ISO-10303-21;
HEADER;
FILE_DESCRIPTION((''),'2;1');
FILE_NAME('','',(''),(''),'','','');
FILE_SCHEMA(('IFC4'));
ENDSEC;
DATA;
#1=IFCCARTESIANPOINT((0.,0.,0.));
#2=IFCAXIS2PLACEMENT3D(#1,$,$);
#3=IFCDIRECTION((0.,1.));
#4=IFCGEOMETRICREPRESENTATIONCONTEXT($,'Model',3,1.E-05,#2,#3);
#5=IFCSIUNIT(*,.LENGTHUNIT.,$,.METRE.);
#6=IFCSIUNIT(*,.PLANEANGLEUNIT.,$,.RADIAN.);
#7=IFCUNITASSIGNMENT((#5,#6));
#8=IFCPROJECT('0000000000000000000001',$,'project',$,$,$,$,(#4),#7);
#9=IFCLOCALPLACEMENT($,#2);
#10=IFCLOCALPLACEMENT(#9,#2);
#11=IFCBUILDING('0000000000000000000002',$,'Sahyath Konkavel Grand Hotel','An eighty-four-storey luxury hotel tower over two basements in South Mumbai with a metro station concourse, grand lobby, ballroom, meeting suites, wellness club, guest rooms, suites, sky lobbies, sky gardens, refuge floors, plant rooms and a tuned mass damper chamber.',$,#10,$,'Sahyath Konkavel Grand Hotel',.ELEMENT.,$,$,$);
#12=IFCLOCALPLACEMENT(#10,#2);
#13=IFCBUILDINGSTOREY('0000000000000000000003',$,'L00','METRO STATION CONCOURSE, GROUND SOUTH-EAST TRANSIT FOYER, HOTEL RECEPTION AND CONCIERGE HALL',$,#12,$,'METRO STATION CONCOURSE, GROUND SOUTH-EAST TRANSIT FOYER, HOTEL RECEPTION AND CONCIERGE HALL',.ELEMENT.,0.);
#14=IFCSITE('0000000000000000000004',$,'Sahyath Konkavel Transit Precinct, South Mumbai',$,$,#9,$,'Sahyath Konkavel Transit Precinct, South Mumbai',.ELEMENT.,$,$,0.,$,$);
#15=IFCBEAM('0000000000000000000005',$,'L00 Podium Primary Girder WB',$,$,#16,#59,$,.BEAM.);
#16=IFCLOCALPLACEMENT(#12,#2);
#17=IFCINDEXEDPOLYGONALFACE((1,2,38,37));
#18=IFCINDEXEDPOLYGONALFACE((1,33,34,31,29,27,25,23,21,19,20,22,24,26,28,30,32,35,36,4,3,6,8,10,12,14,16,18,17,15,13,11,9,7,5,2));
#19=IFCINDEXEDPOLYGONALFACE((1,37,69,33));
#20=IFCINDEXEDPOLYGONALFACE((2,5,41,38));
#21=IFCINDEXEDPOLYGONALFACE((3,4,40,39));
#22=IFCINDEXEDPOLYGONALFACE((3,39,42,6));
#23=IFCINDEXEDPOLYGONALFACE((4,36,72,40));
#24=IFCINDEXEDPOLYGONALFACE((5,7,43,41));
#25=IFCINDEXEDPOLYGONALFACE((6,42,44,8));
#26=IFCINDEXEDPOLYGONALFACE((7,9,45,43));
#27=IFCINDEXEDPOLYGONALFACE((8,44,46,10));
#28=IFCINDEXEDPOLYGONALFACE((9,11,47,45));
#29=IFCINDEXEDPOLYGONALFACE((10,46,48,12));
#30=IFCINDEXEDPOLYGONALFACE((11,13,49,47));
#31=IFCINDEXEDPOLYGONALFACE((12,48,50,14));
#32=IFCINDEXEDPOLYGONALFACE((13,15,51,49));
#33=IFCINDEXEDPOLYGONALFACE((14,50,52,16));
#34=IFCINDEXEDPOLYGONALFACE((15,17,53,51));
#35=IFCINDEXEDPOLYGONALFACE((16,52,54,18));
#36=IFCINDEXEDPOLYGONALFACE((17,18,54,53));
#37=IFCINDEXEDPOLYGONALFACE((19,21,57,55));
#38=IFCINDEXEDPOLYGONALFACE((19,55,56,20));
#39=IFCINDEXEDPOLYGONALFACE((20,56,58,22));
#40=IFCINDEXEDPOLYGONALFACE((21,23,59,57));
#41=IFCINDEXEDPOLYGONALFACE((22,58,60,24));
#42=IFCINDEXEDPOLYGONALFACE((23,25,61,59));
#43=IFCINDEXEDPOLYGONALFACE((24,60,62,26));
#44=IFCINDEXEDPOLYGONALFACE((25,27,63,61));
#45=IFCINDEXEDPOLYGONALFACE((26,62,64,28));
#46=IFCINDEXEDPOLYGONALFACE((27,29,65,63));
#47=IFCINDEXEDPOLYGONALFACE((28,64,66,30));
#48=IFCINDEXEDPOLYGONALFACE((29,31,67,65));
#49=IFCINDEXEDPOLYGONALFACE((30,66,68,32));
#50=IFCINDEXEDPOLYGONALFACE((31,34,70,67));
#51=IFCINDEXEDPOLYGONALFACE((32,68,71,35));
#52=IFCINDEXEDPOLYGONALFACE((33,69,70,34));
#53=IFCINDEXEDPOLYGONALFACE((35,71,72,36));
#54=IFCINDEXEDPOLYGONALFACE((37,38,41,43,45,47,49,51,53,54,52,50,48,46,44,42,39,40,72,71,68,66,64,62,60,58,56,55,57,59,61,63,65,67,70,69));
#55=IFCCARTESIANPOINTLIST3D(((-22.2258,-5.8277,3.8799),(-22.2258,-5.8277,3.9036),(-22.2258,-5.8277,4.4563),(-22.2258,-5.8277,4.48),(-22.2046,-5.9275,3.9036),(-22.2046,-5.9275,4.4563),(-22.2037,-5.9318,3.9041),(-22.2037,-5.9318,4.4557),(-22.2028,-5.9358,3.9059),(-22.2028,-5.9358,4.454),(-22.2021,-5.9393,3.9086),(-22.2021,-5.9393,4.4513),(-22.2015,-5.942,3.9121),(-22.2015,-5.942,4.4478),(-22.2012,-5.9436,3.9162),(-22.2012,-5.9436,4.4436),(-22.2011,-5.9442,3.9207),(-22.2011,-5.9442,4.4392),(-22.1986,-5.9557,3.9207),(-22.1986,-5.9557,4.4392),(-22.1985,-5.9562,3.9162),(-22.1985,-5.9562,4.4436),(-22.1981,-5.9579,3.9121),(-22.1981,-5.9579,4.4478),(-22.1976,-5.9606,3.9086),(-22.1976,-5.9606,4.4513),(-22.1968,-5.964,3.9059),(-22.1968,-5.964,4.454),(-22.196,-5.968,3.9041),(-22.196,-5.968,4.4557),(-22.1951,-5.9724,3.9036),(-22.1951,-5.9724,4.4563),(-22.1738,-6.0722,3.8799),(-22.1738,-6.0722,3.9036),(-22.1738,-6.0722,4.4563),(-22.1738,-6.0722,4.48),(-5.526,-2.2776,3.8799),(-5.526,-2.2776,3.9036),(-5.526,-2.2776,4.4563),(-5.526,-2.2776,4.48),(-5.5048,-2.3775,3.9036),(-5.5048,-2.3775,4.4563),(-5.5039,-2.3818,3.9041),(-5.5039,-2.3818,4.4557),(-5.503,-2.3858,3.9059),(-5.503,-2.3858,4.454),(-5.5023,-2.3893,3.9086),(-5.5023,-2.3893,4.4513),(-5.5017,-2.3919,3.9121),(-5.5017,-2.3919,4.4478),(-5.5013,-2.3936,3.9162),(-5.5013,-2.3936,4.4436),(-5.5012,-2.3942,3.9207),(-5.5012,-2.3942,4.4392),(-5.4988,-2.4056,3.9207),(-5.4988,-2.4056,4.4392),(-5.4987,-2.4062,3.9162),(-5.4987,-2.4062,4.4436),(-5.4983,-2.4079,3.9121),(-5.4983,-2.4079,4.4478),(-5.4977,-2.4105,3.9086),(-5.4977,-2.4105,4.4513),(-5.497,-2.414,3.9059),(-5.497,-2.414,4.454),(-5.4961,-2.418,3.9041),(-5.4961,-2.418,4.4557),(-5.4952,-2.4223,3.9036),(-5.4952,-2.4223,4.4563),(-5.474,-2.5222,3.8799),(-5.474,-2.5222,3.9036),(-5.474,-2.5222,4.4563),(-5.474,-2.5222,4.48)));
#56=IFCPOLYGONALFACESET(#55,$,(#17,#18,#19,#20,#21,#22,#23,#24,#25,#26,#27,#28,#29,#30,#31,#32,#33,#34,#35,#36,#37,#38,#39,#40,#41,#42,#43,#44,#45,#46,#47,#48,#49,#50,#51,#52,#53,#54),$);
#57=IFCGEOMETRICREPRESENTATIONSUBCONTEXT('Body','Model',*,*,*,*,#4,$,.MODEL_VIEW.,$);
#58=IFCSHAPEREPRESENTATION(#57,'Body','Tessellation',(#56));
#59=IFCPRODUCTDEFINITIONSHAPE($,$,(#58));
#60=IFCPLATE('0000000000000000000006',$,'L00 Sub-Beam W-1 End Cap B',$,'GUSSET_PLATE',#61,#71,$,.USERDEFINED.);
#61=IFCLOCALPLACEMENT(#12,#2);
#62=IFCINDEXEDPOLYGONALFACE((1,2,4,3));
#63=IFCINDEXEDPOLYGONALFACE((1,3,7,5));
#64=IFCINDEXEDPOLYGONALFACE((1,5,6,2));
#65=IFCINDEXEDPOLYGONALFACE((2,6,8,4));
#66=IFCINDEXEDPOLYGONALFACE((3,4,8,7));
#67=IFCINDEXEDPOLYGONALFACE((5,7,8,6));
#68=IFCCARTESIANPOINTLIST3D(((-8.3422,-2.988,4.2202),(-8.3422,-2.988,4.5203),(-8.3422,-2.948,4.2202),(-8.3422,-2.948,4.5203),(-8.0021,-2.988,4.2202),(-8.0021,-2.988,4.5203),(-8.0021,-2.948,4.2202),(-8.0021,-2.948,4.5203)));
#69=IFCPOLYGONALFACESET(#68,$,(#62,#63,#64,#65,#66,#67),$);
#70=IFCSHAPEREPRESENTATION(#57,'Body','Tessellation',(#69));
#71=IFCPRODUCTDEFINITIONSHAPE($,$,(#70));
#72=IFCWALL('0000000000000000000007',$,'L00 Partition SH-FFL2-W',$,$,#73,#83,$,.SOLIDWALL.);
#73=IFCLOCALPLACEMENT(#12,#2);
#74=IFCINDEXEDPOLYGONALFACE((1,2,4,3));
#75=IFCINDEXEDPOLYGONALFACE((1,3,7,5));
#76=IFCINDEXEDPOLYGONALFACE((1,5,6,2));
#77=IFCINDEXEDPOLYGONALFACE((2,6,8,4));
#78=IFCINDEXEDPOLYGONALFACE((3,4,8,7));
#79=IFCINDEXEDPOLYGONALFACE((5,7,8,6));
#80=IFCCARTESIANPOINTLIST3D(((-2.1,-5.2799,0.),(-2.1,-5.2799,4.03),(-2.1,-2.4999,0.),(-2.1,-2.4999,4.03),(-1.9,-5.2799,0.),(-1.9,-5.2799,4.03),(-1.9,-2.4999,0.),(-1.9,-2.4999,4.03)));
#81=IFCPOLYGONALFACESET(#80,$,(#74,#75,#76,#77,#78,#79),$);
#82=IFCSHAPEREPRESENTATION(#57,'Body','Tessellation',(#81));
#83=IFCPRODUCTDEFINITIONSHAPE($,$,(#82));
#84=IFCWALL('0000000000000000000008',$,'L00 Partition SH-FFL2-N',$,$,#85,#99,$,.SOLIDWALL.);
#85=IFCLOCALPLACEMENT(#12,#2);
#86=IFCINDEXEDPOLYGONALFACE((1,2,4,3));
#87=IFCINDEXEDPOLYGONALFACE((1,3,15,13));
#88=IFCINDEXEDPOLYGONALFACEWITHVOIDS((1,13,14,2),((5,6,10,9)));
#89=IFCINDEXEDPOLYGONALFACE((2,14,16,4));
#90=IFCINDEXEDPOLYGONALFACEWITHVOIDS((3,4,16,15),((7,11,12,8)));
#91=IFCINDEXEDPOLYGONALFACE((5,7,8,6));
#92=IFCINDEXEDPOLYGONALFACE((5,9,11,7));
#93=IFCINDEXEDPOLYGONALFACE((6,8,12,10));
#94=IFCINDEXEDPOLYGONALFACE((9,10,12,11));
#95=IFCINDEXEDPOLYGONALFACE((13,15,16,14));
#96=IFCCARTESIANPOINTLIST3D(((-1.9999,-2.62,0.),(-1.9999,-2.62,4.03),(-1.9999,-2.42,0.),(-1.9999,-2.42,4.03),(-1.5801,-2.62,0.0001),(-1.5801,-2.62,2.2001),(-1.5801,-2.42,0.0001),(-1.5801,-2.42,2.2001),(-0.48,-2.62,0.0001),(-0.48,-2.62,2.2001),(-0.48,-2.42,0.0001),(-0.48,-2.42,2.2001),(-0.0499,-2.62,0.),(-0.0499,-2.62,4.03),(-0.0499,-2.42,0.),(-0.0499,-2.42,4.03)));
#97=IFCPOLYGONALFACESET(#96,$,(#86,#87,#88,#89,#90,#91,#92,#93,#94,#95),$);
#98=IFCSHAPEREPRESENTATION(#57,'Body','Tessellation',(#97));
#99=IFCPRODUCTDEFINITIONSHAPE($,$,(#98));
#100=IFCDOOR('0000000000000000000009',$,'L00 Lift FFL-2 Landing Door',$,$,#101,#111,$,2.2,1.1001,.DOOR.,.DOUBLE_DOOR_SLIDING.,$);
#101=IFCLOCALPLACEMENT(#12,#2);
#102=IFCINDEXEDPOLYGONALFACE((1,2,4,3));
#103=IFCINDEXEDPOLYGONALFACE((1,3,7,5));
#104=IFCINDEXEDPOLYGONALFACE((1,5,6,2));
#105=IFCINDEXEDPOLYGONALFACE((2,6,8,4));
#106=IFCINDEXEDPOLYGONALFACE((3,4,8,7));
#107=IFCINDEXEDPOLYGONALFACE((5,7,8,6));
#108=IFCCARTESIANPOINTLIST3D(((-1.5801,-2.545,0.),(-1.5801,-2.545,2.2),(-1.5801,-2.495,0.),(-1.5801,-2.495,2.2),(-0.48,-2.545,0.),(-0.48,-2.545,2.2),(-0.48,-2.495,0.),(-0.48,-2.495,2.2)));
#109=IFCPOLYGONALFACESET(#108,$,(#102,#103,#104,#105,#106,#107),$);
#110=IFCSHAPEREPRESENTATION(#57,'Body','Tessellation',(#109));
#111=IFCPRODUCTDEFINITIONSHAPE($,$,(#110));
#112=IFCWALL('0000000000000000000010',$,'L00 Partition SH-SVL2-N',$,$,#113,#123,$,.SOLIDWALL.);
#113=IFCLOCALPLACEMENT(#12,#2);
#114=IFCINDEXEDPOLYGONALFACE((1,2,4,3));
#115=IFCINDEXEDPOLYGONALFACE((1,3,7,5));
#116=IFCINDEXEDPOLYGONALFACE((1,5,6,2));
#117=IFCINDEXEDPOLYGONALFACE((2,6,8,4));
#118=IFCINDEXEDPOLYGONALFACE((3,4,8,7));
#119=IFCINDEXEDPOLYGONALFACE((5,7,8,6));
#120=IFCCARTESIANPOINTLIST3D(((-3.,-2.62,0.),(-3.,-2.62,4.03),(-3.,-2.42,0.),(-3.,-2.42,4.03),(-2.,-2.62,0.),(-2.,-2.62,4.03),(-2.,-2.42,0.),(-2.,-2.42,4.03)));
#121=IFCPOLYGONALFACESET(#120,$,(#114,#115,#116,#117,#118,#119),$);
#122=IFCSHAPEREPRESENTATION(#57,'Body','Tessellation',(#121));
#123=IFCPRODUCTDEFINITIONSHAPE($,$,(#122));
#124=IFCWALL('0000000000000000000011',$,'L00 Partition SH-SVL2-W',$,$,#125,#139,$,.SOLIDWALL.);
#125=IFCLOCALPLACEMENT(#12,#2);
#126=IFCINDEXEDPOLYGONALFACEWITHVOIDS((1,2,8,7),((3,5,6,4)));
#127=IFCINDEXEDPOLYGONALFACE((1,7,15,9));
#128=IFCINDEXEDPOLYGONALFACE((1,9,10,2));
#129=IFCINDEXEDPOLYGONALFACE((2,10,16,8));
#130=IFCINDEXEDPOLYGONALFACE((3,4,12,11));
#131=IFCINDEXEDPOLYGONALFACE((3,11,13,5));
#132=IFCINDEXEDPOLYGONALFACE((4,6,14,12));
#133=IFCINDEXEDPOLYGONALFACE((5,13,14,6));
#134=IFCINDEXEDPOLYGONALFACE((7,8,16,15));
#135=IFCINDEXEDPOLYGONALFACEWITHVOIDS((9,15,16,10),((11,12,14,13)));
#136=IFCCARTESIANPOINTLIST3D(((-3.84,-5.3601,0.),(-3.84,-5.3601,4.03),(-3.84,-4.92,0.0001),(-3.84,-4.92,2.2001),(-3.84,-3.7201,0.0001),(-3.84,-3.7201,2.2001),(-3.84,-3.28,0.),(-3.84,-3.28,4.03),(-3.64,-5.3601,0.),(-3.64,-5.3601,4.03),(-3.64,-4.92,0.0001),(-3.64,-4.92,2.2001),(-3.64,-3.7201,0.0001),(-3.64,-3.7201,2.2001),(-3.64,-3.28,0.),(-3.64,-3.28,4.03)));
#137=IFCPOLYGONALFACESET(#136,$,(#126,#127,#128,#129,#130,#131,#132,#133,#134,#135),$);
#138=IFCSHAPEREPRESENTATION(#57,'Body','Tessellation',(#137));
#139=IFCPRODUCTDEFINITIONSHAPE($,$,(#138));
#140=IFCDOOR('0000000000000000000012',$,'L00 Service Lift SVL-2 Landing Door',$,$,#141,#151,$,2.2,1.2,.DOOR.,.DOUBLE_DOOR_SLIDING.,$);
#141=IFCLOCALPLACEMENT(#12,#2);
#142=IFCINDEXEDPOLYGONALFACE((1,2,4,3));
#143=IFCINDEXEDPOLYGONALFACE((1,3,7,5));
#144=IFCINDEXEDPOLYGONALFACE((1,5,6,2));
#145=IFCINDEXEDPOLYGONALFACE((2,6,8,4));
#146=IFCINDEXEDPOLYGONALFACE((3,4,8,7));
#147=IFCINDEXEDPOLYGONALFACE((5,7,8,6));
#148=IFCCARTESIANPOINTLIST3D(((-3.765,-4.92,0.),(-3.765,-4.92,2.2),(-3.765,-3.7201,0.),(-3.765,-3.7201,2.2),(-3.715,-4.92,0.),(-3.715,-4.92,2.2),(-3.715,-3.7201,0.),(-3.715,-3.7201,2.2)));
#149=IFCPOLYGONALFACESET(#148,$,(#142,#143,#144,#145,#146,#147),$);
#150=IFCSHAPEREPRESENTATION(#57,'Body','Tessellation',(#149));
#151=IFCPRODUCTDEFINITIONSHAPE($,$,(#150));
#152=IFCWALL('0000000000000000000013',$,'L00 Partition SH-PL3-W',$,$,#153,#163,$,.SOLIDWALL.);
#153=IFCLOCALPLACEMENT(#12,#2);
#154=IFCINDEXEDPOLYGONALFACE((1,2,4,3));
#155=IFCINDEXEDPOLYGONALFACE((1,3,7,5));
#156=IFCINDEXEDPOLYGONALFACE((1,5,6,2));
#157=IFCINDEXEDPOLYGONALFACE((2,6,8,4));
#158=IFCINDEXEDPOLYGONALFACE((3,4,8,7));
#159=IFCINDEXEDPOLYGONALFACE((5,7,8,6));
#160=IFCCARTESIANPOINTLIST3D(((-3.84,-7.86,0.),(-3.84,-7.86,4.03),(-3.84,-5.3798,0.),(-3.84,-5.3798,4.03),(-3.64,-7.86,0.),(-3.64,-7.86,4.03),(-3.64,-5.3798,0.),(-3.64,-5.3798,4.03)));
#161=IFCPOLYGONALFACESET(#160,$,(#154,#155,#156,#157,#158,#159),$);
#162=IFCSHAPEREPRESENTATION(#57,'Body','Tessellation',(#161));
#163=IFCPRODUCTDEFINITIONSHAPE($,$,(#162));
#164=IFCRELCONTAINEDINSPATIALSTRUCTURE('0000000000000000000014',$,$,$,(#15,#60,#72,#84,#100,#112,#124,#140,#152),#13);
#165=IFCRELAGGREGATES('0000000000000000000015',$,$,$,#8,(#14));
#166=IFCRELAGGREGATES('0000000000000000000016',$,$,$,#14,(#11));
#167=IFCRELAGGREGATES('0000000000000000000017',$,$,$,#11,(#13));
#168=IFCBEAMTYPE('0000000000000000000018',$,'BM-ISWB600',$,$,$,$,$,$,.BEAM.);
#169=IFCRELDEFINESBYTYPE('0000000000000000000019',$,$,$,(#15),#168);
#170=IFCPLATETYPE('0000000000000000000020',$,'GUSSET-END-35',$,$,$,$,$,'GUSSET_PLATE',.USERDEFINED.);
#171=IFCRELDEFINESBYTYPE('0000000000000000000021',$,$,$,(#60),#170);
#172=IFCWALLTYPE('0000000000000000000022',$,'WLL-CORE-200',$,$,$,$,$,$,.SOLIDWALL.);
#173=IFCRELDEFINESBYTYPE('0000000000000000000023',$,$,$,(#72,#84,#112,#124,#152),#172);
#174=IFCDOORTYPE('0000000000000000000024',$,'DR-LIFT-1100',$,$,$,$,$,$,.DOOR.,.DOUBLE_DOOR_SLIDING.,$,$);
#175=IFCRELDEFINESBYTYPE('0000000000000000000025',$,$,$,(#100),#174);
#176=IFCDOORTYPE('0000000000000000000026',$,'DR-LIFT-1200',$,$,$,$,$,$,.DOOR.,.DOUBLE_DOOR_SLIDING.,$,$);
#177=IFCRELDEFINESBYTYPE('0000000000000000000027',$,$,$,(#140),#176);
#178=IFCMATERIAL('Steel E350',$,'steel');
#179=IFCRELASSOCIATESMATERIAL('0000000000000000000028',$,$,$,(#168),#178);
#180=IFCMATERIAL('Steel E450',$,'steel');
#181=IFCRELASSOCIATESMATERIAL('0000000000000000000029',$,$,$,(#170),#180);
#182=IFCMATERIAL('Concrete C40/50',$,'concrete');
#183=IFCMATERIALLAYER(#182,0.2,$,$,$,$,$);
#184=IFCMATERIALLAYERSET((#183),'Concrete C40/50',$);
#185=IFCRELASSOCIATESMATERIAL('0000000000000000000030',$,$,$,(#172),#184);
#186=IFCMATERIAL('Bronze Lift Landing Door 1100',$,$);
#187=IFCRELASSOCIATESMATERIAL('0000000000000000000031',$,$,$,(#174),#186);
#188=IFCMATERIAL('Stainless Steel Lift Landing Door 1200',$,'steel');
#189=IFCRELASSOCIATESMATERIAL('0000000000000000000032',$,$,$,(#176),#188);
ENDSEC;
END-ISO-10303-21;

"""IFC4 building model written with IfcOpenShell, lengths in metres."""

from ifc_helpers import new_model, si_unit, direction, frame, frame_2d, origin, origin_2d, place, context, subcontext, project, spatial, rectangle, i_section, extrude, source, transform, mapped, material, layer, layer_set, material_profile, profile_set, type_object, element, fill, save


model = new_model("IFC4")

# Units and contexts
model_context = context("Model", 3, precision=1e-05, world=origin(), true_north=direction((0.0, 1.0)))
body_context = subcontext(model_context, "Body", "Model", "MODEL_VIEW")
ifc_project = project(units=[si_unit("LENGTHUNIT", "METRE"), si_unit("PLANEANGLEUNIT", "RADIAN")], contexts=[model_context])

# Site, building, storey
site_placement = place(None, origin())
site = spatial("IfcSite", under=ifc_project, at=site_placement, Name="Sahyath Konkavel Transit Precinct, South Mumbai", LongName="Sahyath Konkavel Transit Precinct, South Mumbai", CompositionType="ELEMENT", RefElevation=0.0)
building_placement = place(site_placement, origin())
building = spatial("IfcBuilding", under=site, at=building_placement, Name="Sahyath Konkavel Grand Hotel", Description="An eighty-four-storey luxury hotel tower over two basements in South Mumbai with a metro station concourse, grand lobby, ballroom, meeting suites, wellness club, guest rooms, suites, sky lobbies, sky gardens, refuge floors, plant rooms and a tuned mass damper chamber.", LongName="Sahyath Konkavel Grand Hotel", CompositionType="ELEMENT")
storey_placement = place(building_placement, origin())
storey = spatial("IfcBuildingStorey", under=building, at=storey_placement, Name="L00", Description="METRO STATION CONCOURSE, GROUND SOUTH-EAST TRANSIT FOYER, HOTEL RECEPTION AND CONCIERGE HALL", LongName="METRO STATION CONCOURSE, GROUND SOUTH-EAST TRANSIT FOYER, HOTEL RECEPTION AND CONCIERGE HALL", CompositionType="ELEMENT", Elevation=0.0)

# Beam
ifc_material_1 = material(Name="Steel E350", Category="steel")
ifc_material_profile_1 = material_profile(ifc_material_1, i_section(OverallWidth=0.25, OverallDepth=0.6001, WebThickness=0.0117, FlangeThickness=0.0237, FilletRadius=0.0171, at=origin_2d()), Name="ISWB 600")
ifc_profile_set_1 = profile_set([ifc_material_profile_1], Name="Steel E350")
beam_type_1 = type_object("IfcBeamType", Name="BM-ISWB600", PredefinedType="BEAM", material=ifc_profile_set_1)
shared_shape_1 = source(origin(), body_context, "Body", "SweptSolid", [
    extrude(i_section(OverallWidth=0.25, OverallDepth=0.6001, WebThickness=0.0117, FlangeThickness=0.0237, FilletRadius=0.0171, at=origin_2d()), origin(), (0.0, 0.0, 1.0), 17.073),
])
beam_1_placement = place(storey_placement, frame((-5.5, -2.3999, 4.1799), z_axis=(-0.978143, -0.207932, 0.0), x_axis=(0.207932, -0.978143, 0.0)))
element("IfcBeam", 1, at=beam_1_placement, inside=storey, type_object=beam_type_1, Name="L00 Podium Primary Girder WB", PredefinedType="BEAM", context=body_context, shape_type="MappedRepresentation", body=[
    mapped(shared_shape_1, transform((0.0, 0.0, 0.0), scale=1.0)),
])

# Plate
ifc_material_2 = material(Name="Steel E450", Category="steel")
plate_type = type_object("IfcPlateType", Name="GUSSET-END-35", ElementType="GUSSET_PLATE", PredefinedType="USERDEFINED", material=ifc_material_2)
shared_shape_2 = source(origin(), body_context, "Body", "SweptSolid", [
    extrude(rectangle(XDim=0.04, YDim=0.3401, at=origin_2d()), origin(), (0.0, 0.0, 1.0), 0.3),
])
plate_placement = place(storey_placement, frame((-8.1721, -2.968, 4.2202), z_axis=(0.0, 0.0, 1.0), x_axis=(0.0, -1.0, 0.0)))
element("IfcPlate", 2, at=plate_placement, inside=storey, type_object=plate_type, Name="L00 Sub-Beam W-1 End Cap B", ObjectType="GUSSET_PLATE", PredefinedType="USERDEFINED", context=body_context, shape_type="MappedRepresentation", body=[
    mapped(shared_shape_2, transform((0.0, 0.0, 0.0), scale=1.0)),
])

# Wall
ifc_material_3 = material(Name="Concrete C40/50", Category="concrete")
ifc_layer = layer(ifc_material_3, 0.2)
ifc_layer_set = layer_set([ifc_layer], Name="Concrete C40/50")
wall_type = type_object("IfcWallType", Name="WLL-CORE-200", PredefinedType="SOLIDWALL", material=ifc_layer_set)
wall_1_placement = place(storey_placement, frame((-2.0, -5.28, 0.0), z_axis=(0.0, 0.0, 1.0), x_axis=(0.0, 1.0, 0.0)))
element("IfcWall", 3, at=wall_1_placement, inside=storey, type_object=wall_type, Name="L00 Partition SH-FFL2-W", PredefinedType="SOLIDWALL", context=body_context, shape_type="SweptSolid", body=[
    extrude(rectangle(XDim=2.78, YDim=0.2, at=frame_2d((1.3901, 0.0))), origin(), (0.0, 0.0, 1.0), 4.03),
])

# Wall, opening, door
wall_2_placement = place(storey_placement, frame((-2.0, -2.52, 0.0), z_axis=(0.0, 0.0, 1.0), x_axis=(1.0, 0.0, 0.0)))
wall_2 = element("IfcWall", 4, at=wall_2_placement, inside=storey, type_object=wall_type, Name="L00 Partition SH-FFL2-N", PredefinedType="SOLIDWALL", context=body_context, shape_type="SweptSolid", body=[
    extrude(rectangle(XDim=1.95, YDim=0.2, at=frame_2d((0.9751, 0.0))), origin(), (0.0, 0.0, 1.0), 4.03),
])
opening_1_placement = place(wall_2_placement, frame((0.4199, 0.0, 0.0)))
opening_1 = element("IfcOpeningElement", 5, at=opening_1_placement, cuts=wall_2, PredefinedType="OPENING", context=body_context, shape_type="SweptSolid", body=[
    extrude(rectangle(XDim=1.1001, YDim=2.2, at=frame_2d((0.55, 1.1001))), frame((0.0, 0.1099, 0.0), z_axis=(0.0, -1.0, 0.0), x_axis=(1.0, 0.0, 0.0)), (0.0, 0.0, 1.0), 0.22),
])
ifc_material_4 = material(Name="Bronze Lift Landing Door 1100")
door_type_1 = type_object("IfcDoorType", Name="DR-LIFT-1100", OperationType="DOUBLE_DOOR_SLIDING", PredefinedType="DOOR", material=ifc_material_4)
shared_shape_3 = source(origin(), body_context, "Body", "SweptSolid", [
    extrude(rectangle(XDim=1.1001, YDim=0.05, at=origin_2d()), origin(), (0.0, 0.0, 1.0), 2.2),
])
door_1_placement = place(opening_1_placement, frame((0.55, 0.0, 0.0)))
door_1 = element("IfcDoor", 6, at=door_1_placement, inside=storey, type_object=door_type_1, Name="L00 Lift FFL-2 Landing Door", OperationType="DOUBLE_DOOR_SLIDING", OverallHeight=2.2, OverallWidth=1.1001, PredefinedType="DOOR", context=body_context, shape_type="MappedRepresentation", body=[
    mapped(shared_shape_3, transform((0.0, 0.0, 0.0), scale=1.0)),
])
fill(opening_1, door_1)

# Wall
wall_3_placement = place(storey_placement, frame((-3.0, -2.52, 0.0), z_axis=(0.0, 0.0, 1.0), x_axis=(1.0, 0.0, 0.0)))
element("IfcWall", 7, at=wall_3_placement, inside=storey, type_object=wall_type, Name="L00 Partition SH-SVL2-N", PredefinedType="SOLIDWALL", context=body_context, shape_type="SweptSolid", body=[
    extrude(rectangle(XDim=1.0, YDim=0.2, at=frame_2d((0.5, 0.0))), origin(), (0.0, 0.0, 1.0), 4.03),
])

# Wall, opening, door
wall_4_placement = place(storey_placement, frame((-3.74, -5.3601, 0.0), z_axis=(0.0, 0.0, 1.0), x_axis=(0.0, 1.0, 0.0)))
wall_4 = element("IfcWall", 8, at=wall_4_placement, inside=storey, type_object=wall_type, Name="L00 Partition SH-SVL2-W", PredefinedType="SOLIDWALL", context=body_context, shape_type="SweptSolid", body=[
    extrude(rectangle(XDim=2.0801, YDim=0.2, at=frame_2d((1.04, 0.0))), origin(), (0.0, 0.0, 1.0), 4.03),
])
opening_2_placement = place(wall_4_placement, frame((0.4399, 0.0, 0.0)))
opening_2 = element("IfcOpeningElement", 9, at=opening_2_placement, cuts=wall_4, PredefinedType="OPENING", context=body_context, shape_type="SweptSolid", body=[
    extrude(rectangle(XDim=1.2, YDim=2.2, at=frame_2d((0.6001, 1.1001))), frame((0.0, 0.1099, 0.0), z_axis=(0.0, -1.0, 0.0), x_axis=(1.0, 0.0, 0.0)), (0.0, 0.0, 1.0), 0.22),
])
ifc_material_5 = material(Name="Stainless Steel Lift Landing Door 1200", Category="steel")
door_type_2 = type_object("IfcDoorType", Name="DR-LIFT-1200", OperationType="DOUBLE_DOOR_SLIDING", PredefinedType="DOOR", material=ifc_material_5)
shared_shape_4 = source(origin(), body_context, "Body", "SweptSolid", [
    extrude(rectangle(XDim=1.2, YDim=0.05, at=origin_2d()), origin(), (0.0, 0.0, 1.0), 2.2),
])
door_2_placement = place(opening_2_placement, frame((0.6001, 0.0, 0.0)))
door_2 = element("IfcDoor", 10, at=door_2_placement, inside=storey, type_object=door_type_2, Name="L00 Service Lift SVL-2 Landing Door", OperationType="DOUBLE_DOOR_SLIDING", OverallHeight=2.2, OverallWidth=1.2, PredefinedType="DOOR", context=body_context, shape_type="MappedRepresentation", body=[
    mapped(shared_shape_4, transform((0.0, 0.0, 0.0), scale=1.0)),
])
fill(opening_2, door_2)

# Wall
wall_5_placement = place(storey_placement, frame((-3.74, -7.8601, 0.0), z_axis=(0.0, 0.0, 1.0), x_axis=(0.0, 1.0, 0.0)))
element("IfcWall", 11, at=wall_5_placement, inside=storey, type_object=wall_type, Name="L00 Partition SH-PL3-W", PredefinedType="SOLIDWALL", context=body_context, shape_type="SweptSolid", body=[
    extrude(rectangle(XDim=2.4802, YDim=0.2, at=frame_2d((1.2402, 0.0))), origin(), (0.0, 0.0, 1.0), 4.03),
])

save(model, "model.ifc")
